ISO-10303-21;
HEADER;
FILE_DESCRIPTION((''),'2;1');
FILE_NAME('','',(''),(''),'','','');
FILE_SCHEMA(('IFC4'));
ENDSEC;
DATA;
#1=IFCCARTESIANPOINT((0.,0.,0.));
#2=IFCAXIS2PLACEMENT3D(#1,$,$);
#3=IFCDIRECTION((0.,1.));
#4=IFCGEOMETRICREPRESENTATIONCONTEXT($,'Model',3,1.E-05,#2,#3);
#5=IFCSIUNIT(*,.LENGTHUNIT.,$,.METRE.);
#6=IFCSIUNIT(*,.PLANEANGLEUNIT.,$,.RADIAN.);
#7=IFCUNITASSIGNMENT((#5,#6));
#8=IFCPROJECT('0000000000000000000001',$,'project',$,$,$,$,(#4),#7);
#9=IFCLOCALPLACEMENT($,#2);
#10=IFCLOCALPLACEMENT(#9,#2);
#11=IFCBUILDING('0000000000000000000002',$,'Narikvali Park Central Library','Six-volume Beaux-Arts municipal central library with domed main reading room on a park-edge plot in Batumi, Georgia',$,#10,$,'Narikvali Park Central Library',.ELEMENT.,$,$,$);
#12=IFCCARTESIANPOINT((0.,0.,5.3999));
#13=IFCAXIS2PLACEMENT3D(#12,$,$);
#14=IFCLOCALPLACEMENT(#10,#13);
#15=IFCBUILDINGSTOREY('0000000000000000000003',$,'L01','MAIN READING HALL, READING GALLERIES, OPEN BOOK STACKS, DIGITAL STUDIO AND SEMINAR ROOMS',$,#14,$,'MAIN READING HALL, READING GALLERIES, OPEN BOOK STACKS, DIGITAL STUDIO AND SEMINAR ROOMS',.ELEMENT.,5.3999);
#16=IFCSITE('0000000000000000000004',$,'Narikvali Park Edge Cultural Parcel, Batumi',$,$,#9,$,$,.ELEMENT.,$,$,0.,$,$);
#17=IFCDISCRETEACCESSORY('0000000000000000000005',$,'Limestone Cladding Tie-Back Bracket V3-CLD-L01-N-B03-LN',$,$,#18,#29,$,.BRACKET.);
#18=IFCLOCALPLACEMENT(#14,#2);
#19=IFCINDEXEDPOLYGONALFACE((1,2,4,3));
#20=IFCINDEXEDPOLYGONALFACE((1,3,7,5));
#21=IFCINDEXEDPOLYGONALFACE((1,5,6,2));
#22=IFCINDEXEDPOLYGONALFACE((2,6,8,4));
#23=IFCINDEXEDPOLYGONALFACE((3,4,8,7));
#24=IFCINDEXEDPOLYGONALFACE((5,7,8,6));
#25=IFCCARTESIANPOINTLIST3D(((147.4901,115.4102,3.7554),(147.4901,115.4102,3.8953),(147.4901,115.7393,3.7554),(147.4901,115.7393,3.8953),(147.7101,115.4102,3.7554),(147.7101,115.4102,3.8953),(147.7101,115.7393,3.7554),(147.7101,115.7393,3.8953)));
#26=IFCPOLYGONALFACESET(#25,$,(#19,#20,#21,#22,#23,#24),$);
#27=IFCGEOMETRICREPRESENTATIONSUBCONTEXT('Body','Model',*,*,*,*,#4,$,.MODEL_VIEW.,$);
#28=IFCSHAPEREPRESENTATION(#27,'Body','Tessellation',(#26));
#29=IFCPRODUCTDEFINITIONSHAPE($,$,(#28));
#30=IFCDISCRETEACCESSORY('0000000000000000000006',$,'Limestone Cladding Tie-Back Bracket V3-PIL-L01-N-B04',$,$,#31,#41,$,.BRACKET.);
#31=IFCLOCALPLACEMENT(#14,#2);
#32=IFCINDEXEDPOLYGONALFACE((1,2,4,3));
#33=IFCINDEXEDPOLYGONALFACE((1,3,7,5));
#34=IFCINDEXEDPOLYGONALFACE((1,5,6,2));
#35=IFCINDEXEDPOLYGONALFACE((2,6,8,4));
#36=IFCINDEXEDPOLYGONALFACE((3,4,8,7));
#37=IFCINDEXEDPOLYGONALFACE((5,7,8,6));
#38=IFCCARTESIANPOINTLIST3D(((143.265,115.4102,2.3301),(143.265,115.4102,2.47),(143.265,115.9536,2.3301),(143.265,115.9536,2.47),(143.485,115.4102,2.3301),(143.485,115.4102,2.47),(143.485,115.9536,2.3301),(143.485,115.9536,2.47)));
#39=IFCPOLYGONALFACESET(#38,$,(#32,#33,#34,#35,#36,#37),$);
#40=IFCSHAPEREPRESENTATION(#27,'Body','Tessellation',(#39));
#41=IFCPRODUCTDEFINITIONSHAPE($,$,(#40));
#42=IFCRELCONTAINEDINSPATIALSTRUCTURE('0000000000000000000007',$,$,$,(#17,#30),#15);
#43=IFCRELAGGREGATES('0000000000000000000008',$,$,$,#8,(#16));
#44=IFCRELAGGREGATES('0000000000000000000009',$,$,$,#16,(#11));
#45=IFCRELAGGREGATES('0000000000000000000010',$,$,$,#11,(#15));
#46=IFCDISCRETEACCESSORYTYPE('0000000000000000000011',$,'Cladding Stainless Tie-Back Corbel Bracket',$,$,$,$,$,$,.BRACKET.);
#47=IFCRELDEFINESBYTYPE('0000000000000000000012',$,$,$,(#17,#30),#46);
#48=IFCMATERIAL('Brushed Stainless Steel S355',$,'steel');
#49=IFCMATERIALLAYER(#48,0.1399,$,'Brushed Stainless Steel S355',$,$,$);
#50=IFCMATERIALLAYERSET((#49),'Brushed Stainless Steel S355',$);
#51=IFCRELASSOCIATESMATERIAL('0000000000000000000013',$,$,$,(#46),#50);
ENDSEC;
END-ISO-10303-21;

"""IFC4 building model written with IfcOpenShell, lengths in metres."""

from ifc_helpers import new_model, si_unit, direction, frame, origin, origin_2d, place, context, subcontext, project, spatial, rectangle, extrude, material, layer, layer_set, type_object, element, save


model = new_model("IFC4")

# Units and contexts
model_context = context("Model", 3, precision=1e-05, world=origin(), true_north=direction((0.0, 1.0)))
body_context = subcontext(model_context, "Body", "Model", "MODEL_VIEW")
ifc_project = project(units=[si_unit("LENGTHUNIT", "METRE"), si_unit("PLANEANGLEUNIT", "RADIAN")], contexts=[model_context])

# Site, building, storey
site_placement = place(None, origin())
site = spatial("IfcSite", under=ifc_project, at=site_placement, Name="Narikvali Park Edge Cultural Parcel, Batumi", CompositionType="ELEMENT", RefElevation=0.0)
building_placement = place(site_placement, origin())
building = spatial("IfcBuilding", under=site, at=building_placement, Name="Narikvali Park Central Library", Description="Six-volume Beaux-Arts municipal central library with domed main reading room on a park-edge plot in Batumi, Georgia", LongName="Narikvali Park Central Library", CompositionType="ELEMENT")
storey_placement = place(building_placement, frame((0.0, 0.0, 5.3999)))
storey = spatial("IfcBuildingStorey", under=building, at=storey_placement, Name="L01", Description="MAIN READING HALL, READING GALLERIES, OPEN BOOK STACKS, DIGITAL STUDIO AND SEMINAR ROOMS", LongName="MAIN READING HALL, READING GALLERIES, OPEN BOOK STACKS, DIGITAL STUDIO AND SEMINAR ROOMS", CompositionType="ELEMENT", Elevation=5.3999)

# Discrete accessories
ifc_material_1 = material(Name="Brushed Stainless Steel S355", Category="steel")
ifc_layer_1 = layer(ifc_material_1, 0.1399, Name="Brushed Stainless Steel S355")
ifc_layer_set_1 = layer_set([ifc_layer_1], Name="Brushed Stainless Steel S355")
discrete_accessory_type = type_object("IfcDiscreteAccessoryType", Name="Cladding Stainless Tie-Back Corbel Bracket", PredefinedType="BRACKET", material=ifc_layer_set_1)
discrete_accessory_1_placement = place(storey_placement, frame((147.6001, 115.5747, 3.7554), z_axis=(0.0, 0.0, 1.0), x_axis=(1.0, 0.0, 0.0)))
element("IfcDiscreteAccessory", 1, at=discrete_accessory_1_placement, inside=storey, type_object=discrete_accessory_type, Name="Limestone Cladding Tie-Back Bracket V3-CLD-L01-N-B03-LN", PredefinedType="BRACKET", context=body_context, shape_type="SweptSolid", body=[
    extrude(rectangle(XDim=0.22, YDim=0.3291, at=origin_2d()), origin(), (0.0, 0.0, 1.0), 0.1399),
])
discrete_accessory_2_placement = place(storey_placement, frame((143.375, 115.6819, 2.3301), z_axis=(0.0, 0.0, 1.0), x_axis=(1.0, 0.0, 0.0)))
element("IfcDiscreteAccessory", 2, at=discrete_accessory_2_placement, inside=storey, type_object=discrete_accessory_type, Name="Limestone Cladding Tie-Back Bracket V3-PIL-L01-N-B04", PredefinedType="BRACKET", context=body_context, shape_type="SweptSolid", body=[
    extrude(rectangle(XDim=0.22, YDim=0.5435, at=origin_2d()), origin(), (0.0, 0.0, 1.0), 0.1399),
])

save(model, "model.ifc")
